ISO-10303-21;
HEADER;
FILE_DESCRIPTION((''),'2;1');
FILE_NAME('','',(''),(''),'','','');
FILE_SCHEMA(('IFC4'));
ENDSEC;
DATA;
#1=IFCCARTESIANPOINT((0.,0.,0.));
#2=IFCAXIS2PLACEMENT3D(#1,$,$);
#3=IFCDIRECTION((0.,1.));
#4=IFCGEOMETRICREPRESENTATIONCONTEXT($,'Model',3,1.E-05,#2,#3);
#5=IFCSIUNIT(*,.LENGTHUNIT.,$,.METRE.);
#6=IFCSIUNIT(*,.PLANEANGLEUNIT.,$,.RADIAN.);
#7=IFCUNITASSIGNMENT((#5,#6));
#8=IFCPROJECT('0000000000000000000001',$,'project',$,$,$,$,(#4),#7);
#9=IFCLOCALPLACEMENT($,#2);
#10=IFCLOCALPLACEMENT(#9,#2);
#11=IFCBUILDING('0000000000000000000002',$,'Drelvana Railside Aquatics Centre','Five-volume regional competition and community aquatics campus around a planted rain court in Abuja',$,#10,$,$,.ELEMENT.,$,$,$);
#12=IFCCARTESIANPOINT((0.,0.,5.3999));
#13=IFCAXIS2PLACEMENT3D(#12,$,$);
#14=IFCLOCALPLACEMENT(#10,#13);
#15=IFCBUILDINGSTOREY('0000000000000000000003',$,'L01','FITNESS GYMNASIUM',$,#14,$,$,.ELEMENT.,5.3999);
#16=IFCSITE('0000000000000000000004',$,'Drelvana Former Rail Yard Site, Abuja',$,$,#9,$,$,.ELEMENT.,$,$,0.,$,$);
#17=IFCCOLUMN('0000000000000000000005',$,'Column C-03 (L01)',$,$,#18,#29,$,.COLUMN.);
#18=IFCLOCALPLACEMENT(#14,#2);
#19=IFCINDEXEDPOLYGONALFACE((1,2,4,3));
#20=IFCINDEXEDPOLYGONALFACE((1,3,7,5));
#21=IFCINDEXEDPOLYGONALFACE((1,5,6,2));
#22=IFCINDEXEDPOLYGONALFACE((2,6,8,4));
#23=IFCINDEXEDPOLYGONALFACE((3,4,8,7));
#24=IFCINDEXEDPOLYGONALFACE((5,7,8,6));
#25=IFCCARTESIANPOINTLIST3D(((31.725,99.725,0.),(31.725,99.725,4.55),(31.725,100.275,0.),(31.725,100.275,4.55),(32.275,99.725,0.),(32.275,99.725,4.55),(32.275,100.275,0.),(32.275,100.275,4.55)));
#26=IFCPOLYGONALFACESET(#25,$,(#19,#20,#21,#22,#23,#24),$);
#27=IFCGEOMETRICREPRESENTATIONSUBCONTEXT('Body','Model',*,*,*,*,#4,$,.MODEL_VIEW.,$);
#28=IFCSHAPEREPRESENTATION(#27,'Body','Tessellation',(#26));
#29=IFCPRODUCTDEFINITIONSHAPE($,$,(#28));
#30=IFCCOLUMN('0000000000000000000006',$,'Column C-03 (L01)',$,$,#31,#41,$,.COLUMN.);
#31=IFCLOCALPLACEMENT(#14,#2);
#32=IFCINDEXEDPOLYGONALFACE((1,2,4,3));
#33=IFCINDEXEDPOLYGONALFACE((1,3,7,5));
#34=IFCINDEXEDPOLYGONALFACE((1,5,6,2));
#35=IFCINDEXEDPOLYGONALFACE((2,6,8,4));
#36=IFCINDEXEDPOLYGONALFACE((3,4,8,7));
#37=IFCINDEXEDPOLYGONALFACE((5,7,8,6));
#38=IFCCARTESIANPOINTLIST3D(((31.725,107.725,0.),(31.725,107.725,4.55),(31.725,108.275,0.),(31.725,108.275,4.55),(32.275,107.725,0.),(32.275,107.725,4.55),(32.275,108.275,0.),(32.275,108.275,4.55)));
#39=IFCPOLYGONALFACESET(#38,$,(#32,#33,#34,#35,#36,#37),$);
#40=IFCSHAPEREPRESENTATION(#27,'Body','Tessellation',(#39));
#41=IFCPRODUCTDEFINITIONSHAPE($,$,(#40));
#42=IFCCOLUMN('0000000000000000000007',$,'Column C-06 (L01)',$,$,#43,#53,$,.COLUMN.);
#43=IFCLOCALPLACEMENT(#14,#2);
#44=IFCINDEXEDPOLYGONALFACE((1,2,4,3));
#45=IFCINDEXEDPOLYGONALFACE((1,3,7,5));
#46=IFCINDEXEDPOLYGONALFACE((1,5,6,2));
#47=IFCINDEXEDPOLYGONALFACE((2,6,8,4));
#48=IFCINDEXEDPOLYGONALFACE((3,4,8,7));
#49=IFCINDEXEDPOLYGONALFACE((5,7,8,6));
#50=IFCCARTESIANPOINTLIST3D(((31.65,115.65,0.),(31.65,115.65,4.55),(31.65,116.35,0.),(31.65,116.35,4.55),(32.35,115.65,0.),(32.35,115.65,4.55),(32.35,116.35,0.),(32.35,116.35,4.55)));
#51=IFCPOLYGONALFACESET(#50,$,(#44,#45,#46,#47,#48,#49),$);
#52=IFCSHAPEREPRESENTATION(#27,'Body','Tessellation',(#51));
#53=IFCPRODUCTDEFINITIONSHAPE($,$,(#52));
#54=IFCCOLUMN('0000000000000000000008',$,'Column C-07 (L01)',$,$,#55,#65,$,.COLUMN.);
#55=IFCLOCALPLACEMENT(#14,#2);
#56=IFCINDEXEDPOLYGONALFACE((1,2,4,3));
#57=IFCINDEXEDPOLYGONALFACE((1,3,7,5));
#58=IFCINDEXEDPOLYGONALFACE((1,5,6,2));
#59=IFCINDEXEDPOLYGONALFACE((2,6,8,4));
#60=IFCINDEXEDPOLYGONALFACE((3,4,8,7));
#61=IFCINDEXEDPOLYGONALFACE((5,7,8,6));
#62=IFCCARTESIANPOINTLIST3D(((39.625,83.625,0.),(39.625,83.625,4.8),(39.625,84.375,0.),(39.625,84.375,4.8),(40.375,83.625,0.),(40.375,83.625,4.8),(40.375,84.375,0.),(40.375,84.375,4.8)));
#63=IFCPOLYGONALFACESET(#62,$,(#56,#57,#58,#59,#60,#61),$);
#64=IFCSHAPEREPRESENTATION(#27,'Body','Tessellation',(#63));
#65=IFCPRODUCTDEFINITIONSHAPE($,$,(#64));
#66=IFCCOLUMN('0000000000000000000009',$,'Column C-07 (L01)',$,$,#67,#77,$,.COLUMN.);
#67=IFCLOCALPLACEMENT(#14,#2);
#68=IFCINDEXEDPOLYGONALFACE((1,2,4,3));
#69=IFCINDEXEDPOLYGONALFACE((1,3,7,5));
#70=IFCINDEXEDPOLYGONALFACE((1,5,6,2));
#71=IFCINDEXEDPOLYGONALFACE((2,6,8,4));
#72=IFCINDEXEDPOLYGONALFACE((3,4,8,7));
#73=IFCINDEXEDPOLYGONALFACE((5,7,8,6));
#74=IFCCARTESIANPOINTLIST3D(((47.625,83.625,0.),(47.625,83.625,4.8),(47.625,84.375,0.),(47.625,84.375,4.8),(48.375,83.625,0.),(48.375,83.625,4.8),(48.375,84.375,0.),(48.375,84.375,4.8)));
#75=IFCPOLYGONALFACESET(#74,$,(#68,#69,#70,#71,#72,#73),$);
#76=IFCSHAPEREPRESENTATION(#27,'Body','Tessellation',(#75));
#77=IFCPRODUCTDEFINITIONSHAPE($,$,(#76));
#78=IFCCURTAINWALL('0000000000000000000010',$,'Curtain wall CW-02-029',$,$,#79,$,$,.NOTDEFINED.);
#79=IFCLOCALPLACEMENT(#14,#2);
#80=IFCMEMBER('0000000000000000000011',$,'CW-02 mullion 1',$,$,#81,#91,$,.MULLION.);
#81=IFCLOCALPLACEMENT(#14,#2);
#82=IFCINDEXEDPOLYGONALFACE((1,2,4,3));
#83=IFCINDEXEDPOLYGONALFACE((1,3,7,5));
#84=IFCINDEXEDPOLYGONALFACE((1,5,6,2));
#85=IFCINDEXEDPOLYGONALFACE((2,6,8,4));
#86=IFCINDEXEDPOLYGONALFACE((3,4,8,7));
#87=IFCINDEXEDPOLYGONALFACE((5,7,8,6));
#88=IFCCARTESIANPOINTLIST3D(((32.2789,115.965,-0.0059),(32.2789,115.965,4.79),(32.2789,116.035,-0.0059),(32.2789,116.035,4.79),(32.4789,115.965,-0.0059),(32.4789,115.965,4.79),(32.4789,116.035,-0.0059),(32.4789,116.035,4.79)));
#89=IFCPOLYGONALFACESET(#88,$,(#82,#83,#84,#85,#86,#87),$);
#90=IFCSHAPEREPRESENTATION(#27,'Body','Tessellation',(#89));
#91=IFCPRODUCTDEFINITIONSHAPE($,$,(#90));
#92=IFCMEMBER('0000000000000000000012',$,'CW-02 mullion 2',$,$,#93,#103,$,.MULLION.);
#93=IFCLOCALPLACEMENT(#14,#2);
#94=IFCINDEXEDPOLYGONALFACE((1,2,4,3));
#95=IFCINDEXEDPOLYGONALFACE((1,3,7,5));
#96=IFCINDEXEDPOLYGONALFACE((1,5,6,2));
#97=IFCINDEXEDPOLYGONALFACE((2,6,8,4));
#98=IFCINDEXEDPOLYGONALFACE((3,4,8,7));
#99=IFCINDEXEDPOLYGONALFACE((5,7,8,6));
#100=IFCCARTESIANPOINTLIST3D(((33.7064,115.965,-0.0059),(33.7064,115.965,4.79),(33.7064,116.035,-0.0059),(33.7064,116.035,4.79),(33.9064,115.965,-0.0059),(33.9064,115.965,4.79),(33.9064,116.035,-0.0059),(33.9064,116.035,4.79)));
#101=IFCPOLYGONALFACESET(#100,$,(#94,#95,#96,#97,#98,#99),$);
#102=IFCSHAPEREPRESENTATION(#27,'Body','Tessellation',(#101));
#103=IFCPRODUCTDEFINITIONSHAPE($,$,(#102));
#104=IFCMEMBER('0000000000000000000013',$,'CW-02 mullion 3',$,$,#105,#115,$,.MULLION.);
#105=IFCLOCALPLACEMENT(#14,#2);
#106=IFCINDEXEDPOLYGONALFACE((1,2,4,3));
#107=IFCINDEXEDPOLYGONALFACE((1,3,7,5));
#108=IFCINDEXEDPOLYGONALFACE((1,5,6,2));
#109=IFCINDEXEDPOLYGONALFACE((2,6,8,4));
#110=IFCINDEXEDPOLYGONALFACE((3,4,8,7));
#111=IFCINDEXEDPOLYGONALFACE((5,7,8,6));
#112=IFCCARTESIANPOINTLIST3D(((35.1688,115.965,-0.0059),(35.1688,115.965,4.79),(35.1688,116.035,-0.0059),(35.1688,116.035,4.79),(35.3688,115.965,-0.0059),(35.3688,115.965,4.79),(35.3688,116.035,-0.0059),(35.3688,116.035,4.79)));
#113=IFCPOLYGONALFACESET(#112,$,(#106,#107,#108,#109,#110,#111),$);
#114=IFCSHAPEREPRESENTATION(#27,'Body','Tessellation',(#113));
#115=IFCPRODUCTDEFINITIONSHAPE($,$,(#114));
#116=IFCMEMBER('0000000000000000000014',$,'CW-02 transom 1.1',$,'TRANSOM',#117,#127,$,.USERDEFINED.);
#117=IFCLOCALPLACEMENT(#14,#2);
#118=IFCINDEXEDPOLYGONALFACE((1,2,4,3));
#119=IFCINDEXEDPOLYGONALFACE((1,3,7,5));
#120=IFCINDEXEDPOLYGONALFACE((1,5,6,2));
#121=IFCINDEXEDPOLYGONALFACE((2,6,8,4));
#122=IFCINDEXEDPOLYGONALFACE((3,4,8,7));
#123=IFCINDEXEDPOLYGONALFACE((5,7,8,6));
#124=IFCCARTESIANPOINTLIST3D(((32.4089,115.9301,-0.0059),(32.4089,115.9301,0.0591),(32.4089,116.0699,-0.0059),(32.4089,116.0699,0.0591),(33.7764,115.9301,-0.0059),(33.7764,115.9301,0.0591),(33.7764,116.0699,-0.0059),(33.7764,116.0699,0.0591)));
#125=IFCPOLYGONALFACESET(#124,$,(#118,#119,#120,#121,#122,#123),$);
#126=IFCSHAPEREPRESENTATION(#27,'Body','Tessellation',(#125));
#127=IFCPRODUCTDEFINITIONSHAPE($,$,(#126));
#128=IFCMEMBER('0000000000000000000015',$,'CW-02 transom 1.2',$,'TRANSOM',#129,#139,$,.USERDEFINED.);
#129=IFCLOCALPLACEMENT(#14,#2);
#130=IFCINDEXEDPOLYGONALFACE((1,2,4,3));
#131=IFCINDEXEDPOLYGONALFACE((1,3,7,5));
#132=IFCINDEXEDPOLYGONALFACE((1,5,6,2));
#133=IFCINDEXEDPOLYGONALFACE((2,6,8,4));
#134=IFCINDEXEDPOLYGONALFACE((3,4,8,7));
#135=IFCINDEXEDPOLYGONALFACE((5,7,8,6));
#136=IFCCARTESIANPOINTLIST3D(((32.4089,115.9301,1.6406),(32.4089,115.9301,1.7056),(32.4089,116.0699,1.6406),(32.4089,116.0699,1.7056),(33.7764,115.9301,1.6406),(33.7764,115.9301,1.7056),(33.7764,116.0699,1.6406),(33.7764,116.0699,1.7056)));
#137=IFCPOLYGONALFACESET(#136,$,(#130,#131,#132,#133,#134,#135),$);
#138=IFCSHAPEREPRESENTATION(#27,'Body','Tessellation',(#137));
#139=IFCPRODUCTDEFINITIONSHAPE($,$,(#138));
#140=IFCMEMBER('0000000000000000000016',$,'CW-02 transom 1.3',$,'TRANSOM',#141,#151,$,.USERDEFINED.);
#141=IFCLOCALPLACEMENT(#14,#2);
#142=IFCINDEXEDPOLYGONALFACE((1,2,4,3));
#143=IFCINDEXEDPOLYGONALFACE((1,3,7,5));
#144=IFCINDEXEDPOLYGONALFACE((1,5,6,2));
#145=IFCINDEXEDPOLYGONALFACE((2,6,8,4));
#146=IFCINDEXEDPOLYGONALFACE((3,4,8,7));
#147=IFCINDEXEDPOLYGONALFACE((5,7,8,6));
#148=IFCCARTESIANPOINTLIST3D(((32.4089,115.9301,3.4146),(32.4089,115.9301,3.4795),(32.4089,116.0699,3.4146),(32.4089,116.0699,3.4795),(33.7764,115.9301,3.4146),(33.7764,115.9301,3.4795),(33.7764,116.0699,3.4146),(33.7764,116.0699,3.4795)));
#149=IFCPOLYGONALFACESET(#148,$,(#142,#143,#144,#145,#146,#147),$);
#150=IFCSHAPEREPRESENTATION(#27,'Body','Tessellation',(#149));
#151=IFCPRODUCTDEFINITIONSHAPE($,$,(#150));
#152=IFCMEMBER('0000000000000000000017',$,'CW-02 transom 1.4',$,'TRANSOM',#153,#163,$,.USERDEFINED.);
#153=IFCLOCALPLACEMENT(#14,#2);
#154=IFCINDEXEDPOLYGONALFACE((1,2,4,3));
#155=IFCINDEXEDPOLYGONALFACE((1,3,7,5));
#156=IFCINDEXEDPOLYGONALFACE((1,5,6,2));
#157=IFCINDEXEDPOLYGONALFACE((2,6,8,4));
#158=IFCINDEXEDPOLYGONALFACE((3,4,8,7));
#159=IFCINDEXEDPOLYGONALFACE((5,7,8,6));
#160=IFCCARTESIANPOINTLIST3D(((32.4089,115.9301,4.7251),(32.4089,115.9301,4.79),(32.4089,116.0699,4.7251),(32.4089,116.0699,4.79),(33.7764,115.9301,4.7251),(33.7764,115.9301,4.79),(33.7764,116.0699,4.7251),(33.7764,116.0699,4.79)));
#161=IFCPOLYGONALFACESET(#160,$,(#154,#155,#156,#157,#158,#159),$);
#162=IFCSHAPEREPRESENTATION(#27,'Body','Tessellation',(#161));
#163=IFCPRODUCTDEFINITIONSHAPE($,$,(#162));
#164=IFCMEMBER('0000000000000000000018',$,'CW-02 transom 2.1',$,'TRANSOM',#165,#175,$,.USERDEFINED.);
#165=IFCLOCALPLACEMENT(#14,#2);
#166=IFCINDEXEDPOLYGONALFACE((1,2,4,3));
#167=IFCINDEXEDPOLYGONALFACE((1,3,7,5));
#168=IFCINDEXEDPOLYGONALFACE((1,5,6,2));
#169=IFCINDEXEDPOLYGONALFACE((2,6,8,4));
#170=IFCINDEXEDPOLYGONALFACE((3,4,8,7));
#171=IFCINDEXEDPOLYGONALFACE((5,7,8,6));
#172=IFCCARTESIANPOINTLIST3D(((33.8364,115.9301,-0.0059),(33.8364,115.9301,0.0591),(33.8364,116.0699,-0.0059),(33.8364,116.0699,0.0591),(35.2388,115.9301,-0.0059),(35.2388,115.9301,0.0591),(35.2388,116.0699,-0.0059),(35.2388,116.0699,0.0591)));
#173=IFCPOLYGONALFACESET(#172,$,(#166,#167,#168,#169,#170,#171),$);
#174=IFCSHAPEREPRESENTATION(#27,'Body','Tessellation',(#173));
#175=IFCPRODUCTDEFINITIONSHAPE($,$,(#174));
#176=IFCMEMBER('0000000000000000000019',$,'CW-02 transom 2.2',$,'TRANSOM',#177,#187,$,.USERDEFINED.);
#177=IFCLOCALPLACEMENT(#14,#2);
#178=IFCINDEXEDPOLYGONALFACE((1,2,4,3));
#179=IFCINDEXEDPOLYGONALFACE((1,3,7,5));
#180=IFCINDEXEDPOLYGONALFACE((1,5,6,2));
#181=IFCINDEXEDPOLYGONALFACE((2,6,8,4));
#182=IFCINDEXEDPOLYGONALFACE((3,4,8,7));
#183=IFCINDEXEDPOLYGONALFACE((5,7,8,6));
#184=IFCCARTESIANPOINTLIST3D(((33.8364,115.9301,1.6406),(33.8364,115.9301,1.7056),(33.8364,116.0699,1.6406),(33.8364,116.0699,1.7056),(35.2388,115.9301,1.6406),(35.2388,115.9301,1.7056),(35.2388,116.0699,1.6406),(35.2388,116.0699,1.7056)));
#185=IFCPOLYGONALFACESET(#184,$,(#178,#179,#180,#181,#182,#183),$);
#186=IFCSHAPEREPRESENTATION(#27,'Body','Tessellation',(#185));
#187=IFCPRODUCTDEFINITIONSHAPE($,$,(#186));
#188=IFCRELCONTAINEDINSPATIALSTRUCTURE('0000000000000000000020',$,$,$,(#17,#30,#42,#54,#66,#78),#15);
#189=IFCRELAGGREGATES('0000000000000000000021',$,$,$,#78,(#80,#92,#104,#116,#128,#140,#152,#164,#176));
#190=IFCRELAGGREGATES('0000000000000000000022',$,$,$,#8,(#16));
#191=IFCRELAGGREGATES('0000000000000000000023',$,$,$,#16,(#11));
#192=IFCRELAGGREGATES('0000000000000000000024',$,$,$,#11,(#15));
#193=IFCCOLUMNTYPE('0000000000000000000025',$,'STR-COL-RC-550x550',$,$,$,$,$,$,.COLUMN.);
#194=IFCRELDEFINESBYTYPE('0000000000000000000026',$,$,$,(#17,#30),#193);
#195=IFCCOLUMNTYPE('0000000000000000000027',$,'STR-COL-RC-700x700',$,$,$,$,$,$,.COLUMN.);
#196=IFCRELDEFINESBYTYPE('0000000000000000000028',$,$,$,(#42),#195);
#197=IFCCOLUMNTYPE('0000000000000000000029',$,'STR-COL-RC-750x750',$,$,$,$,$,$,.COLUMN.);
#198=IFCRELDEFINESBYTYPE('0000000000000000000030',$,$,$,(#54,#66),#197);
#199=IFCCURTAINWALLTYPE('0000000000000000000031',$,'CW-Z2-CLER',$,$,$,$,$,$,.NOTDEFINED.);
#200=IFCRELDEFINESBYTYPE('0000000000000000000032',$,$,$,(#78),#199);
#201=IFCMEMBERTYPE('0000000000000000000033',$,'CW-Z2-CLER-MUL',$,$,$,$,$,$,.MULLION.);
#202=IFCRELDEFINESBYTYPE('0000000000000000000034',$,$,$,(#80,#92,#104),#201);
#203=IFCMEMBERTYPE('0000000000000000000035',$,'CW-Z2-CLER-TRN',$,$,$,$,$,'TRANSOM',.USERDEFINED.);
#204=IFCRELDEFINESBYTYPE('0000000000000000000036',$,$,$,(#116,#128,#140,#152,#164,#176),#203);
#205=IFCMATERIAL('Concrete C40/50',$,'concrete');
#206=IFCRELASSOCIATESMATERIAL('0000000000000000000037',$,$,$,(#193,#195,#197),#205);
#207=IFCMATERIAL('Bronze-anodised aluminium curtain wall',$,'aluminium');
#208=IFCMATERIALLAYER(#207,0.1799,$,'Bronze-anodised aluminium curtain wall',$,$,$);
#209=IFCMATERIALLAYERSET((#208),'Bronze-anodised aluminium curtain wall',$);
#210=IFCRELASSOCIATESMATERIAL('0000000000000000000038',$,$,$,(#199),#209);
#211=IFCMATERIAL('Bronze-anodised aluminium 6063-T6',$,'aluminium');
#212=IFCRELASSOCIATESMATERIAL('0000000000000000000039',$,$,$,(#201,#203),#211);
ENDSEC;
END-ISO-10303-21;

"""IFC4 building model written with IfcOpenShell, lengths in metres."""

from ifc_helpers import new_model, si_unit, direction, frame, origin, origin_2d, place, context, subcontext, project, spatial, rectangle, extrude, material, layer, layer_set, material_profile, profile_set, type_object, element, aggregate, save


model = new_model("IFC4")

# Units and contexts
model_context = context("Model", 3, precision=1e-05, world=origin(), true_north=direction((0.0, 1.0)))
body_context = subcontext(model_context, "Body", "Model", "MODEL_VIEW")
ifc_project = project(units=[si_unit("LENGTHUNIT", "METRE"), si_unit("PLANEANGLEUNIT", "RADIAN")], contexts=[model_context])

# Site, building, storey
site_placement = place(None, origin())
site = spatial("IfcSite", under=ifc_project, at=site_placement, Name="Drelvana Former Rail Yard Site, Abuja", CompositionType="ELEMENT", RefElevation=0.0)
building_placement = place(site_placement, origin())
building = spatial("IfcBuilding", under=site, at=building_placement, Name="Drelvana Railside Aquatics Centre", Description="Five-volume regional competition and community aquatics campus around a planted rain court in Abuja", CompositionType="ELEMENT")
storey_placement = place(building_placement, frame((0.0, 0.0, 5.3999)))
storey = spatial("IfcBuildingStorey", under=building, at=storey_placement, Name="L01", Description="FITNESS GYMNASIUM", CompositionType="ELEMENT", Elevation=5.3999)

# Columns
ifc_material_1 = material(Name="Concrete C40/50", Category="concrete")
ifc_material_profile_1 = material_profile(ifc_material_1, rectangle(XDim=0.55, YDim=0.55, at=origin_2d()), Name="RC 550x550")
ifc_profile_set_1 = profile_set([ifc_material_profile_1], Name="Concrete C40/50")
column_type_1 = type_object("IfcColumnType", Name="STR-COL-RC-550x550", PredefinedType="COLUMN", material=ifc_profile_set_1)
for number, where, z_axis, x_axis, name in (
    (1, (32.0, 100.0, 0.0), (0.0, 0.0, 1.0), (1.0, 0.0, 0.0), "Column C-03 (L01)"),
    (2, (32.0, 108.0, 0.0), (0.0, 0.0, 1.0), (1.0, 0.0, 0.0), "Column C-03 (L01)"),
):
    element("IfcColumn", number, at=place(storey_placement, frame(where, z_axis=z_axis, x_axis=x_axis)), inside=storey, type_object=column_type_1, Name=name, PredefinedType="COLUMN", context=body_context, shape_type="SweptSolid", body=[
        extrude(rectangle(XDim=0.55, YDim=0.55, at=origin_2d()), origin(), (0.0, 0.0, 1.0), 4.55),
    ])
ifc_material_profile_2 = material_profile(ifc_material_1, rectangle(XDim=0.7, YDim=0.7, at=origin_2d()), Name="RC 700x700")
ifc_profile_set_2 = profile_set([ifc_material_profile_2], Name="Concrete C40/50")
column_type_2 = type_object("IfcColumnType", Name="STR-COL-RC-700x700", PredefinedType="COLUMN", material=ifc_profile_set_2)
column_placement = place(storey_placement, frame((32.0, 116.0, 0.0), z_axis=(0.0, 0.0, 1.0), x_axis=(1.0, 0.0, 0.0)))
element("IfcColumn", 3, at=column_placement, inside=storey, type_object=column_type_2, Name="Column C-06 (L01)", PredefinedType="COLUMN", context=body_context, shape_type="SweptSolid", body=[
    extrude(rectangle(XDim=0.7, YDim=0.7, at=origin_2d()), origin(), (0.0, 0.0, 1.0), 4.55),
])
ifc_material_profile_3 = material_profile(ifc_material_1, rectangle(XDim=0.75, YDim=0.75, at=origin_2d()), Name="RC 750x750")
ifc_profile_set_3 = profile_set([ifc_material_profile_3], Name="Concrete C40/50")
column_type_3 = type_object("IfcColumnType", Name="STR-COL-RC-750x750", PredefinedType="COLUMN", material=ifc_profile_set_3)
for number, where, z_axis, x_axis, name in (
    (4, (40.0, 84.0, 0.0), (0.0, 0.0, 1.0), (1.0, 0.0, 0.0), "Column C-07 (L01)"),
    (5, (48.0, 84.0, 0.0), (0.0, 0.0, 1.0), (1.0, 0.0, 0.0), "Column C-07 (L01)"),
):
    element("IfcColumn", number, at=place(storey_placement, frame(where, z_axis=z_axis, x_axis=x_axis)), inside=storey, type_object=column_type_3, Name=name, PredefinedType="COLUMN", context=body_context, shape_type="SweptSolid", body=[
        extrude(rectangle(XDim=0.75, YDim=0.75, at=origin_2d()), origin(), (0.0, 0.0, 1.0), 4.8),
    ])

# Curtain wall, members
ifc_material_2 = material(Name="Bronze-anodised aluminium curtain wall", Category="aluminium")
ifc_layer_1 = layer(ifc_material_2, 0.1799, Name="Bronze-anodised aluminium curtain wall")
ifc_layer_set_1 = layer_set([ifc_layer_1], Name="Bronze-anodised aluminium curtain wall")
curtain_wall_type = type_object("IfcCurtainWallType", Name="CW-Z2-CLER", PredefinedType="NOTDEFINED", material=ifc_layer_set_1)
curtain_wall_placement = place(storey_placement, origin())
curtain_wall = element("IfcCurtainWall", 6, at=curtain_wall_placement, inside=storey, type_object=curtain_wall_type, Name="Curtain wall CW-02-029", PredefinedType="NOTDEFINED")
ifc_material_3 = material(Name="Bronze-anodised aluminium 6063-T6", Category="aluminium")
ifc_material_profile_4 = material_profile(ifc_material_3, rectangle(XDim=0.0701, YDim=0.2, at=origin_2d()), Name="ALU-M 70x200")
ifc_profile_set_4 = profile_set([ifc_material_profile_4], Name="Bronze-anodised aluminium 6063-T6")
member_type_1 = type_object("IfcMemberType", Name="CW-Z2-CLER-MUL", PredefinedType="MULLION", material=ifc_profile_set_4)
member_1_placement = place(storey_placement, frame((32.3789, 116.0, -0.0059), z_axis=(0.0, 0.0, 1.0), x_axis=(0.0, 1.0, 0.0)))
member_1 = element("IfcMember", 7, at=member_1_placement, type_object=member_type_1, Name="CW-02 mullion 1", PredefinedType="MULLION", context=body_context, shape_type="SweptSolid", body=[
    extrude(rectangle(XDim=0.0701, YDim=0.2, at=origin_2d()), origin(), (0.0, 0.0, 1.0), 4.7959),
])
member_2_placement = place(storey_placement, frame((33.8064, 116.0, -0.0059), z_axis=(0.0, 0.0, 1.0), x_axis=(0.0, 1.0, 0.0)))
member_2 = element("IfcMember", 8, at=member_2_placement, type_object=member_type_1, Name="CW-02 mullion 2", PredefinedType="MULLION", context=body_context, shape_type="SweptSolid", body=[
    extrude(rectangle(XDim=0.0701, YDim=0.2, at=origin_2d()), origin(), (0.0, 0.0, 1.0), 4.7959),
])
member_3_placement = place(storey_placement, frame((35.2688, 116.0, -0.0059), z_axis=(0.0, 0.0, 1.0), x_axis=(0.0, 1.0, 0.0)))
member_3 = element("IfcMember", 9, at=member_3_placement, type_object=member_type_1, Name="CW-02 mullion 3", PredefinedType="MULLION", context=body_context, shape_type="SweptSolid", body=[
    extrude(rectangle(XDim=0.0701, YDim=0.2, at=origin_2d()), origin(), (0.0, 0.0, 1.0), 4.7959),
])
ifc_material_profile_5 = material_profile(ifc_material_3, rectangle(XDim=0.1399, YDim=0.0649, at=origin_2d()), Name="ALU-T 65x140")
ifc_profile_set_5 = profile_set([ifc_material_profile_5], Name="Bronze-anodised aluminium 6063-T6")
member_type_2 = type_object("IfcMemberType", Name="CW-Z2-CLER-TRN", ElementType="TRANSOM", PredefinedType="USERDEFINED", material=ifc_profile_set_5)
member_4_placement = place(storey_placement, frame((32.4089, 116.0, 0.0266), z_axis=(1.0, 0.0, 0.0), x_axis=(0.0, 1.0, 0.0)))
member_4 = element("IfcMember", 10, at=member_4_placement, type_object=member_type_2, Name="CW-02 transom 1.1", ObjectType="TRANSOM", PredefinedType="USERDEFINED", context=body_context, shape_type="SweptSolid", body=[
    extrude(rectangle(XDim=0.1399, YDim=0.0649, at=origin_2d()), origin(), (0.0, 0.0, 1.0), 1.3674),
])
member_5_placement = place(storey_placement, frame((32.4089, 116.0, 1.6731), z_axis=(1.0, 0.0, 0.0), x_axis=(0.0, 1.0, 0.0)))
member_5 = element("IfcMember", 11, at=member_5_placement, type_object=member_type_2, Name="CW-02 transom 1.2", ObjectType="TRANSOM", PredefinedType="USERDEFINED", context=body_context, shape_type="SweptSolid", body=[
    extrude(rectangle(XDim=0.1399, YDim=0.0649, at=origin_2d()), origin(), (0.0, 0.0, 1.0), 1.3674),
])
member_6_placement = place(storey_placement, frame((32.4089, 116.0, 3.447), z_axis=(1.0, 0.0, 0.0), x_axis=(0.0, 1.0, 0.0)))
member_6 = element("IfcMember", 12, at=member_6_placement, type_object=member_type_2, Name="CW-02 transom 1.3", ObjectType="TRANSOM", PredefinedType="USERDEFINED", context=body_context, shape_type="SweptSolid", body=[
    extrude(rectangle(XDim=0.1399, YDim=0.0649, at=origin_2d()), origin(), (0.0, 0.0, 1.0), 1.3674),
])
member_7_placement = place(storey_placement, frame((32.4089, 116.0, 4.7576), z_axis=(1.0, 0.0, 0.0), x_axis=(0.0, 1.0, 0.0)))
member_7 = element("IfcMember", 13, at=member_7_placement, type_object=member_type_2, Name="CW-02 transom 1.4", ObjectType="TRANSOM", PredefinedType="USERDEFINED", context=body_context, shape_type="SweptSolid", body=[
    extrude(rectangle(XDim=0.1399, YDim=0.0649, at=origin_2d()), origin(), (0.0, 0.0, 1.0), 1.3674),
])
member_8_placement = place(storey_placement, frame((33.8364, 116.0, 0.0266), z_axis=(1.0, 0.0, 0.0), x_axis=(0.0, 1.0, 0.0)))
member_8 = element("IfcMember", 14, at=member_8_placement, type_object=member_type_2, Name="CW-02 transom 2.1", ObjectType="TRANSOM", PredefinedType="USERDEFINED", context=body_context, shape_type="SweptSolid", body=[
    extrude(rectangle(XDim=0.1399, YDim=0.0649, at=origin_2d()), origin(), (0.0, 0.0, 1.0), 1.4023),
])
member_9_placement = place(storey_placement, frame((33.8364, 116.0, 1.6731), z_axis=(1.0, 0.0, 0.0), x_axis=(0.0, 1.0, 0.0)))
member_9 = element("IfcMember", 15, at=member_9_placement, type_object=member_type_2, Name="CW-02 transom 2.2", ObjectType="TRANSOM", PredefinedType="USERDEFINED", context=body_context, shape_type="SweptSolid", body=[
    extrude(rectangle(XDim=0.1399, YDim=0.0649, at=origin_2d()), origin(), (0.0, 0.0, 1.0), 1.4023),
])

aggregate(curtain_wall, [member_1, member_2, member_3, member_4, member_5, member_6, member_7, member_8, member_9])

save(model, "model.ifc")
